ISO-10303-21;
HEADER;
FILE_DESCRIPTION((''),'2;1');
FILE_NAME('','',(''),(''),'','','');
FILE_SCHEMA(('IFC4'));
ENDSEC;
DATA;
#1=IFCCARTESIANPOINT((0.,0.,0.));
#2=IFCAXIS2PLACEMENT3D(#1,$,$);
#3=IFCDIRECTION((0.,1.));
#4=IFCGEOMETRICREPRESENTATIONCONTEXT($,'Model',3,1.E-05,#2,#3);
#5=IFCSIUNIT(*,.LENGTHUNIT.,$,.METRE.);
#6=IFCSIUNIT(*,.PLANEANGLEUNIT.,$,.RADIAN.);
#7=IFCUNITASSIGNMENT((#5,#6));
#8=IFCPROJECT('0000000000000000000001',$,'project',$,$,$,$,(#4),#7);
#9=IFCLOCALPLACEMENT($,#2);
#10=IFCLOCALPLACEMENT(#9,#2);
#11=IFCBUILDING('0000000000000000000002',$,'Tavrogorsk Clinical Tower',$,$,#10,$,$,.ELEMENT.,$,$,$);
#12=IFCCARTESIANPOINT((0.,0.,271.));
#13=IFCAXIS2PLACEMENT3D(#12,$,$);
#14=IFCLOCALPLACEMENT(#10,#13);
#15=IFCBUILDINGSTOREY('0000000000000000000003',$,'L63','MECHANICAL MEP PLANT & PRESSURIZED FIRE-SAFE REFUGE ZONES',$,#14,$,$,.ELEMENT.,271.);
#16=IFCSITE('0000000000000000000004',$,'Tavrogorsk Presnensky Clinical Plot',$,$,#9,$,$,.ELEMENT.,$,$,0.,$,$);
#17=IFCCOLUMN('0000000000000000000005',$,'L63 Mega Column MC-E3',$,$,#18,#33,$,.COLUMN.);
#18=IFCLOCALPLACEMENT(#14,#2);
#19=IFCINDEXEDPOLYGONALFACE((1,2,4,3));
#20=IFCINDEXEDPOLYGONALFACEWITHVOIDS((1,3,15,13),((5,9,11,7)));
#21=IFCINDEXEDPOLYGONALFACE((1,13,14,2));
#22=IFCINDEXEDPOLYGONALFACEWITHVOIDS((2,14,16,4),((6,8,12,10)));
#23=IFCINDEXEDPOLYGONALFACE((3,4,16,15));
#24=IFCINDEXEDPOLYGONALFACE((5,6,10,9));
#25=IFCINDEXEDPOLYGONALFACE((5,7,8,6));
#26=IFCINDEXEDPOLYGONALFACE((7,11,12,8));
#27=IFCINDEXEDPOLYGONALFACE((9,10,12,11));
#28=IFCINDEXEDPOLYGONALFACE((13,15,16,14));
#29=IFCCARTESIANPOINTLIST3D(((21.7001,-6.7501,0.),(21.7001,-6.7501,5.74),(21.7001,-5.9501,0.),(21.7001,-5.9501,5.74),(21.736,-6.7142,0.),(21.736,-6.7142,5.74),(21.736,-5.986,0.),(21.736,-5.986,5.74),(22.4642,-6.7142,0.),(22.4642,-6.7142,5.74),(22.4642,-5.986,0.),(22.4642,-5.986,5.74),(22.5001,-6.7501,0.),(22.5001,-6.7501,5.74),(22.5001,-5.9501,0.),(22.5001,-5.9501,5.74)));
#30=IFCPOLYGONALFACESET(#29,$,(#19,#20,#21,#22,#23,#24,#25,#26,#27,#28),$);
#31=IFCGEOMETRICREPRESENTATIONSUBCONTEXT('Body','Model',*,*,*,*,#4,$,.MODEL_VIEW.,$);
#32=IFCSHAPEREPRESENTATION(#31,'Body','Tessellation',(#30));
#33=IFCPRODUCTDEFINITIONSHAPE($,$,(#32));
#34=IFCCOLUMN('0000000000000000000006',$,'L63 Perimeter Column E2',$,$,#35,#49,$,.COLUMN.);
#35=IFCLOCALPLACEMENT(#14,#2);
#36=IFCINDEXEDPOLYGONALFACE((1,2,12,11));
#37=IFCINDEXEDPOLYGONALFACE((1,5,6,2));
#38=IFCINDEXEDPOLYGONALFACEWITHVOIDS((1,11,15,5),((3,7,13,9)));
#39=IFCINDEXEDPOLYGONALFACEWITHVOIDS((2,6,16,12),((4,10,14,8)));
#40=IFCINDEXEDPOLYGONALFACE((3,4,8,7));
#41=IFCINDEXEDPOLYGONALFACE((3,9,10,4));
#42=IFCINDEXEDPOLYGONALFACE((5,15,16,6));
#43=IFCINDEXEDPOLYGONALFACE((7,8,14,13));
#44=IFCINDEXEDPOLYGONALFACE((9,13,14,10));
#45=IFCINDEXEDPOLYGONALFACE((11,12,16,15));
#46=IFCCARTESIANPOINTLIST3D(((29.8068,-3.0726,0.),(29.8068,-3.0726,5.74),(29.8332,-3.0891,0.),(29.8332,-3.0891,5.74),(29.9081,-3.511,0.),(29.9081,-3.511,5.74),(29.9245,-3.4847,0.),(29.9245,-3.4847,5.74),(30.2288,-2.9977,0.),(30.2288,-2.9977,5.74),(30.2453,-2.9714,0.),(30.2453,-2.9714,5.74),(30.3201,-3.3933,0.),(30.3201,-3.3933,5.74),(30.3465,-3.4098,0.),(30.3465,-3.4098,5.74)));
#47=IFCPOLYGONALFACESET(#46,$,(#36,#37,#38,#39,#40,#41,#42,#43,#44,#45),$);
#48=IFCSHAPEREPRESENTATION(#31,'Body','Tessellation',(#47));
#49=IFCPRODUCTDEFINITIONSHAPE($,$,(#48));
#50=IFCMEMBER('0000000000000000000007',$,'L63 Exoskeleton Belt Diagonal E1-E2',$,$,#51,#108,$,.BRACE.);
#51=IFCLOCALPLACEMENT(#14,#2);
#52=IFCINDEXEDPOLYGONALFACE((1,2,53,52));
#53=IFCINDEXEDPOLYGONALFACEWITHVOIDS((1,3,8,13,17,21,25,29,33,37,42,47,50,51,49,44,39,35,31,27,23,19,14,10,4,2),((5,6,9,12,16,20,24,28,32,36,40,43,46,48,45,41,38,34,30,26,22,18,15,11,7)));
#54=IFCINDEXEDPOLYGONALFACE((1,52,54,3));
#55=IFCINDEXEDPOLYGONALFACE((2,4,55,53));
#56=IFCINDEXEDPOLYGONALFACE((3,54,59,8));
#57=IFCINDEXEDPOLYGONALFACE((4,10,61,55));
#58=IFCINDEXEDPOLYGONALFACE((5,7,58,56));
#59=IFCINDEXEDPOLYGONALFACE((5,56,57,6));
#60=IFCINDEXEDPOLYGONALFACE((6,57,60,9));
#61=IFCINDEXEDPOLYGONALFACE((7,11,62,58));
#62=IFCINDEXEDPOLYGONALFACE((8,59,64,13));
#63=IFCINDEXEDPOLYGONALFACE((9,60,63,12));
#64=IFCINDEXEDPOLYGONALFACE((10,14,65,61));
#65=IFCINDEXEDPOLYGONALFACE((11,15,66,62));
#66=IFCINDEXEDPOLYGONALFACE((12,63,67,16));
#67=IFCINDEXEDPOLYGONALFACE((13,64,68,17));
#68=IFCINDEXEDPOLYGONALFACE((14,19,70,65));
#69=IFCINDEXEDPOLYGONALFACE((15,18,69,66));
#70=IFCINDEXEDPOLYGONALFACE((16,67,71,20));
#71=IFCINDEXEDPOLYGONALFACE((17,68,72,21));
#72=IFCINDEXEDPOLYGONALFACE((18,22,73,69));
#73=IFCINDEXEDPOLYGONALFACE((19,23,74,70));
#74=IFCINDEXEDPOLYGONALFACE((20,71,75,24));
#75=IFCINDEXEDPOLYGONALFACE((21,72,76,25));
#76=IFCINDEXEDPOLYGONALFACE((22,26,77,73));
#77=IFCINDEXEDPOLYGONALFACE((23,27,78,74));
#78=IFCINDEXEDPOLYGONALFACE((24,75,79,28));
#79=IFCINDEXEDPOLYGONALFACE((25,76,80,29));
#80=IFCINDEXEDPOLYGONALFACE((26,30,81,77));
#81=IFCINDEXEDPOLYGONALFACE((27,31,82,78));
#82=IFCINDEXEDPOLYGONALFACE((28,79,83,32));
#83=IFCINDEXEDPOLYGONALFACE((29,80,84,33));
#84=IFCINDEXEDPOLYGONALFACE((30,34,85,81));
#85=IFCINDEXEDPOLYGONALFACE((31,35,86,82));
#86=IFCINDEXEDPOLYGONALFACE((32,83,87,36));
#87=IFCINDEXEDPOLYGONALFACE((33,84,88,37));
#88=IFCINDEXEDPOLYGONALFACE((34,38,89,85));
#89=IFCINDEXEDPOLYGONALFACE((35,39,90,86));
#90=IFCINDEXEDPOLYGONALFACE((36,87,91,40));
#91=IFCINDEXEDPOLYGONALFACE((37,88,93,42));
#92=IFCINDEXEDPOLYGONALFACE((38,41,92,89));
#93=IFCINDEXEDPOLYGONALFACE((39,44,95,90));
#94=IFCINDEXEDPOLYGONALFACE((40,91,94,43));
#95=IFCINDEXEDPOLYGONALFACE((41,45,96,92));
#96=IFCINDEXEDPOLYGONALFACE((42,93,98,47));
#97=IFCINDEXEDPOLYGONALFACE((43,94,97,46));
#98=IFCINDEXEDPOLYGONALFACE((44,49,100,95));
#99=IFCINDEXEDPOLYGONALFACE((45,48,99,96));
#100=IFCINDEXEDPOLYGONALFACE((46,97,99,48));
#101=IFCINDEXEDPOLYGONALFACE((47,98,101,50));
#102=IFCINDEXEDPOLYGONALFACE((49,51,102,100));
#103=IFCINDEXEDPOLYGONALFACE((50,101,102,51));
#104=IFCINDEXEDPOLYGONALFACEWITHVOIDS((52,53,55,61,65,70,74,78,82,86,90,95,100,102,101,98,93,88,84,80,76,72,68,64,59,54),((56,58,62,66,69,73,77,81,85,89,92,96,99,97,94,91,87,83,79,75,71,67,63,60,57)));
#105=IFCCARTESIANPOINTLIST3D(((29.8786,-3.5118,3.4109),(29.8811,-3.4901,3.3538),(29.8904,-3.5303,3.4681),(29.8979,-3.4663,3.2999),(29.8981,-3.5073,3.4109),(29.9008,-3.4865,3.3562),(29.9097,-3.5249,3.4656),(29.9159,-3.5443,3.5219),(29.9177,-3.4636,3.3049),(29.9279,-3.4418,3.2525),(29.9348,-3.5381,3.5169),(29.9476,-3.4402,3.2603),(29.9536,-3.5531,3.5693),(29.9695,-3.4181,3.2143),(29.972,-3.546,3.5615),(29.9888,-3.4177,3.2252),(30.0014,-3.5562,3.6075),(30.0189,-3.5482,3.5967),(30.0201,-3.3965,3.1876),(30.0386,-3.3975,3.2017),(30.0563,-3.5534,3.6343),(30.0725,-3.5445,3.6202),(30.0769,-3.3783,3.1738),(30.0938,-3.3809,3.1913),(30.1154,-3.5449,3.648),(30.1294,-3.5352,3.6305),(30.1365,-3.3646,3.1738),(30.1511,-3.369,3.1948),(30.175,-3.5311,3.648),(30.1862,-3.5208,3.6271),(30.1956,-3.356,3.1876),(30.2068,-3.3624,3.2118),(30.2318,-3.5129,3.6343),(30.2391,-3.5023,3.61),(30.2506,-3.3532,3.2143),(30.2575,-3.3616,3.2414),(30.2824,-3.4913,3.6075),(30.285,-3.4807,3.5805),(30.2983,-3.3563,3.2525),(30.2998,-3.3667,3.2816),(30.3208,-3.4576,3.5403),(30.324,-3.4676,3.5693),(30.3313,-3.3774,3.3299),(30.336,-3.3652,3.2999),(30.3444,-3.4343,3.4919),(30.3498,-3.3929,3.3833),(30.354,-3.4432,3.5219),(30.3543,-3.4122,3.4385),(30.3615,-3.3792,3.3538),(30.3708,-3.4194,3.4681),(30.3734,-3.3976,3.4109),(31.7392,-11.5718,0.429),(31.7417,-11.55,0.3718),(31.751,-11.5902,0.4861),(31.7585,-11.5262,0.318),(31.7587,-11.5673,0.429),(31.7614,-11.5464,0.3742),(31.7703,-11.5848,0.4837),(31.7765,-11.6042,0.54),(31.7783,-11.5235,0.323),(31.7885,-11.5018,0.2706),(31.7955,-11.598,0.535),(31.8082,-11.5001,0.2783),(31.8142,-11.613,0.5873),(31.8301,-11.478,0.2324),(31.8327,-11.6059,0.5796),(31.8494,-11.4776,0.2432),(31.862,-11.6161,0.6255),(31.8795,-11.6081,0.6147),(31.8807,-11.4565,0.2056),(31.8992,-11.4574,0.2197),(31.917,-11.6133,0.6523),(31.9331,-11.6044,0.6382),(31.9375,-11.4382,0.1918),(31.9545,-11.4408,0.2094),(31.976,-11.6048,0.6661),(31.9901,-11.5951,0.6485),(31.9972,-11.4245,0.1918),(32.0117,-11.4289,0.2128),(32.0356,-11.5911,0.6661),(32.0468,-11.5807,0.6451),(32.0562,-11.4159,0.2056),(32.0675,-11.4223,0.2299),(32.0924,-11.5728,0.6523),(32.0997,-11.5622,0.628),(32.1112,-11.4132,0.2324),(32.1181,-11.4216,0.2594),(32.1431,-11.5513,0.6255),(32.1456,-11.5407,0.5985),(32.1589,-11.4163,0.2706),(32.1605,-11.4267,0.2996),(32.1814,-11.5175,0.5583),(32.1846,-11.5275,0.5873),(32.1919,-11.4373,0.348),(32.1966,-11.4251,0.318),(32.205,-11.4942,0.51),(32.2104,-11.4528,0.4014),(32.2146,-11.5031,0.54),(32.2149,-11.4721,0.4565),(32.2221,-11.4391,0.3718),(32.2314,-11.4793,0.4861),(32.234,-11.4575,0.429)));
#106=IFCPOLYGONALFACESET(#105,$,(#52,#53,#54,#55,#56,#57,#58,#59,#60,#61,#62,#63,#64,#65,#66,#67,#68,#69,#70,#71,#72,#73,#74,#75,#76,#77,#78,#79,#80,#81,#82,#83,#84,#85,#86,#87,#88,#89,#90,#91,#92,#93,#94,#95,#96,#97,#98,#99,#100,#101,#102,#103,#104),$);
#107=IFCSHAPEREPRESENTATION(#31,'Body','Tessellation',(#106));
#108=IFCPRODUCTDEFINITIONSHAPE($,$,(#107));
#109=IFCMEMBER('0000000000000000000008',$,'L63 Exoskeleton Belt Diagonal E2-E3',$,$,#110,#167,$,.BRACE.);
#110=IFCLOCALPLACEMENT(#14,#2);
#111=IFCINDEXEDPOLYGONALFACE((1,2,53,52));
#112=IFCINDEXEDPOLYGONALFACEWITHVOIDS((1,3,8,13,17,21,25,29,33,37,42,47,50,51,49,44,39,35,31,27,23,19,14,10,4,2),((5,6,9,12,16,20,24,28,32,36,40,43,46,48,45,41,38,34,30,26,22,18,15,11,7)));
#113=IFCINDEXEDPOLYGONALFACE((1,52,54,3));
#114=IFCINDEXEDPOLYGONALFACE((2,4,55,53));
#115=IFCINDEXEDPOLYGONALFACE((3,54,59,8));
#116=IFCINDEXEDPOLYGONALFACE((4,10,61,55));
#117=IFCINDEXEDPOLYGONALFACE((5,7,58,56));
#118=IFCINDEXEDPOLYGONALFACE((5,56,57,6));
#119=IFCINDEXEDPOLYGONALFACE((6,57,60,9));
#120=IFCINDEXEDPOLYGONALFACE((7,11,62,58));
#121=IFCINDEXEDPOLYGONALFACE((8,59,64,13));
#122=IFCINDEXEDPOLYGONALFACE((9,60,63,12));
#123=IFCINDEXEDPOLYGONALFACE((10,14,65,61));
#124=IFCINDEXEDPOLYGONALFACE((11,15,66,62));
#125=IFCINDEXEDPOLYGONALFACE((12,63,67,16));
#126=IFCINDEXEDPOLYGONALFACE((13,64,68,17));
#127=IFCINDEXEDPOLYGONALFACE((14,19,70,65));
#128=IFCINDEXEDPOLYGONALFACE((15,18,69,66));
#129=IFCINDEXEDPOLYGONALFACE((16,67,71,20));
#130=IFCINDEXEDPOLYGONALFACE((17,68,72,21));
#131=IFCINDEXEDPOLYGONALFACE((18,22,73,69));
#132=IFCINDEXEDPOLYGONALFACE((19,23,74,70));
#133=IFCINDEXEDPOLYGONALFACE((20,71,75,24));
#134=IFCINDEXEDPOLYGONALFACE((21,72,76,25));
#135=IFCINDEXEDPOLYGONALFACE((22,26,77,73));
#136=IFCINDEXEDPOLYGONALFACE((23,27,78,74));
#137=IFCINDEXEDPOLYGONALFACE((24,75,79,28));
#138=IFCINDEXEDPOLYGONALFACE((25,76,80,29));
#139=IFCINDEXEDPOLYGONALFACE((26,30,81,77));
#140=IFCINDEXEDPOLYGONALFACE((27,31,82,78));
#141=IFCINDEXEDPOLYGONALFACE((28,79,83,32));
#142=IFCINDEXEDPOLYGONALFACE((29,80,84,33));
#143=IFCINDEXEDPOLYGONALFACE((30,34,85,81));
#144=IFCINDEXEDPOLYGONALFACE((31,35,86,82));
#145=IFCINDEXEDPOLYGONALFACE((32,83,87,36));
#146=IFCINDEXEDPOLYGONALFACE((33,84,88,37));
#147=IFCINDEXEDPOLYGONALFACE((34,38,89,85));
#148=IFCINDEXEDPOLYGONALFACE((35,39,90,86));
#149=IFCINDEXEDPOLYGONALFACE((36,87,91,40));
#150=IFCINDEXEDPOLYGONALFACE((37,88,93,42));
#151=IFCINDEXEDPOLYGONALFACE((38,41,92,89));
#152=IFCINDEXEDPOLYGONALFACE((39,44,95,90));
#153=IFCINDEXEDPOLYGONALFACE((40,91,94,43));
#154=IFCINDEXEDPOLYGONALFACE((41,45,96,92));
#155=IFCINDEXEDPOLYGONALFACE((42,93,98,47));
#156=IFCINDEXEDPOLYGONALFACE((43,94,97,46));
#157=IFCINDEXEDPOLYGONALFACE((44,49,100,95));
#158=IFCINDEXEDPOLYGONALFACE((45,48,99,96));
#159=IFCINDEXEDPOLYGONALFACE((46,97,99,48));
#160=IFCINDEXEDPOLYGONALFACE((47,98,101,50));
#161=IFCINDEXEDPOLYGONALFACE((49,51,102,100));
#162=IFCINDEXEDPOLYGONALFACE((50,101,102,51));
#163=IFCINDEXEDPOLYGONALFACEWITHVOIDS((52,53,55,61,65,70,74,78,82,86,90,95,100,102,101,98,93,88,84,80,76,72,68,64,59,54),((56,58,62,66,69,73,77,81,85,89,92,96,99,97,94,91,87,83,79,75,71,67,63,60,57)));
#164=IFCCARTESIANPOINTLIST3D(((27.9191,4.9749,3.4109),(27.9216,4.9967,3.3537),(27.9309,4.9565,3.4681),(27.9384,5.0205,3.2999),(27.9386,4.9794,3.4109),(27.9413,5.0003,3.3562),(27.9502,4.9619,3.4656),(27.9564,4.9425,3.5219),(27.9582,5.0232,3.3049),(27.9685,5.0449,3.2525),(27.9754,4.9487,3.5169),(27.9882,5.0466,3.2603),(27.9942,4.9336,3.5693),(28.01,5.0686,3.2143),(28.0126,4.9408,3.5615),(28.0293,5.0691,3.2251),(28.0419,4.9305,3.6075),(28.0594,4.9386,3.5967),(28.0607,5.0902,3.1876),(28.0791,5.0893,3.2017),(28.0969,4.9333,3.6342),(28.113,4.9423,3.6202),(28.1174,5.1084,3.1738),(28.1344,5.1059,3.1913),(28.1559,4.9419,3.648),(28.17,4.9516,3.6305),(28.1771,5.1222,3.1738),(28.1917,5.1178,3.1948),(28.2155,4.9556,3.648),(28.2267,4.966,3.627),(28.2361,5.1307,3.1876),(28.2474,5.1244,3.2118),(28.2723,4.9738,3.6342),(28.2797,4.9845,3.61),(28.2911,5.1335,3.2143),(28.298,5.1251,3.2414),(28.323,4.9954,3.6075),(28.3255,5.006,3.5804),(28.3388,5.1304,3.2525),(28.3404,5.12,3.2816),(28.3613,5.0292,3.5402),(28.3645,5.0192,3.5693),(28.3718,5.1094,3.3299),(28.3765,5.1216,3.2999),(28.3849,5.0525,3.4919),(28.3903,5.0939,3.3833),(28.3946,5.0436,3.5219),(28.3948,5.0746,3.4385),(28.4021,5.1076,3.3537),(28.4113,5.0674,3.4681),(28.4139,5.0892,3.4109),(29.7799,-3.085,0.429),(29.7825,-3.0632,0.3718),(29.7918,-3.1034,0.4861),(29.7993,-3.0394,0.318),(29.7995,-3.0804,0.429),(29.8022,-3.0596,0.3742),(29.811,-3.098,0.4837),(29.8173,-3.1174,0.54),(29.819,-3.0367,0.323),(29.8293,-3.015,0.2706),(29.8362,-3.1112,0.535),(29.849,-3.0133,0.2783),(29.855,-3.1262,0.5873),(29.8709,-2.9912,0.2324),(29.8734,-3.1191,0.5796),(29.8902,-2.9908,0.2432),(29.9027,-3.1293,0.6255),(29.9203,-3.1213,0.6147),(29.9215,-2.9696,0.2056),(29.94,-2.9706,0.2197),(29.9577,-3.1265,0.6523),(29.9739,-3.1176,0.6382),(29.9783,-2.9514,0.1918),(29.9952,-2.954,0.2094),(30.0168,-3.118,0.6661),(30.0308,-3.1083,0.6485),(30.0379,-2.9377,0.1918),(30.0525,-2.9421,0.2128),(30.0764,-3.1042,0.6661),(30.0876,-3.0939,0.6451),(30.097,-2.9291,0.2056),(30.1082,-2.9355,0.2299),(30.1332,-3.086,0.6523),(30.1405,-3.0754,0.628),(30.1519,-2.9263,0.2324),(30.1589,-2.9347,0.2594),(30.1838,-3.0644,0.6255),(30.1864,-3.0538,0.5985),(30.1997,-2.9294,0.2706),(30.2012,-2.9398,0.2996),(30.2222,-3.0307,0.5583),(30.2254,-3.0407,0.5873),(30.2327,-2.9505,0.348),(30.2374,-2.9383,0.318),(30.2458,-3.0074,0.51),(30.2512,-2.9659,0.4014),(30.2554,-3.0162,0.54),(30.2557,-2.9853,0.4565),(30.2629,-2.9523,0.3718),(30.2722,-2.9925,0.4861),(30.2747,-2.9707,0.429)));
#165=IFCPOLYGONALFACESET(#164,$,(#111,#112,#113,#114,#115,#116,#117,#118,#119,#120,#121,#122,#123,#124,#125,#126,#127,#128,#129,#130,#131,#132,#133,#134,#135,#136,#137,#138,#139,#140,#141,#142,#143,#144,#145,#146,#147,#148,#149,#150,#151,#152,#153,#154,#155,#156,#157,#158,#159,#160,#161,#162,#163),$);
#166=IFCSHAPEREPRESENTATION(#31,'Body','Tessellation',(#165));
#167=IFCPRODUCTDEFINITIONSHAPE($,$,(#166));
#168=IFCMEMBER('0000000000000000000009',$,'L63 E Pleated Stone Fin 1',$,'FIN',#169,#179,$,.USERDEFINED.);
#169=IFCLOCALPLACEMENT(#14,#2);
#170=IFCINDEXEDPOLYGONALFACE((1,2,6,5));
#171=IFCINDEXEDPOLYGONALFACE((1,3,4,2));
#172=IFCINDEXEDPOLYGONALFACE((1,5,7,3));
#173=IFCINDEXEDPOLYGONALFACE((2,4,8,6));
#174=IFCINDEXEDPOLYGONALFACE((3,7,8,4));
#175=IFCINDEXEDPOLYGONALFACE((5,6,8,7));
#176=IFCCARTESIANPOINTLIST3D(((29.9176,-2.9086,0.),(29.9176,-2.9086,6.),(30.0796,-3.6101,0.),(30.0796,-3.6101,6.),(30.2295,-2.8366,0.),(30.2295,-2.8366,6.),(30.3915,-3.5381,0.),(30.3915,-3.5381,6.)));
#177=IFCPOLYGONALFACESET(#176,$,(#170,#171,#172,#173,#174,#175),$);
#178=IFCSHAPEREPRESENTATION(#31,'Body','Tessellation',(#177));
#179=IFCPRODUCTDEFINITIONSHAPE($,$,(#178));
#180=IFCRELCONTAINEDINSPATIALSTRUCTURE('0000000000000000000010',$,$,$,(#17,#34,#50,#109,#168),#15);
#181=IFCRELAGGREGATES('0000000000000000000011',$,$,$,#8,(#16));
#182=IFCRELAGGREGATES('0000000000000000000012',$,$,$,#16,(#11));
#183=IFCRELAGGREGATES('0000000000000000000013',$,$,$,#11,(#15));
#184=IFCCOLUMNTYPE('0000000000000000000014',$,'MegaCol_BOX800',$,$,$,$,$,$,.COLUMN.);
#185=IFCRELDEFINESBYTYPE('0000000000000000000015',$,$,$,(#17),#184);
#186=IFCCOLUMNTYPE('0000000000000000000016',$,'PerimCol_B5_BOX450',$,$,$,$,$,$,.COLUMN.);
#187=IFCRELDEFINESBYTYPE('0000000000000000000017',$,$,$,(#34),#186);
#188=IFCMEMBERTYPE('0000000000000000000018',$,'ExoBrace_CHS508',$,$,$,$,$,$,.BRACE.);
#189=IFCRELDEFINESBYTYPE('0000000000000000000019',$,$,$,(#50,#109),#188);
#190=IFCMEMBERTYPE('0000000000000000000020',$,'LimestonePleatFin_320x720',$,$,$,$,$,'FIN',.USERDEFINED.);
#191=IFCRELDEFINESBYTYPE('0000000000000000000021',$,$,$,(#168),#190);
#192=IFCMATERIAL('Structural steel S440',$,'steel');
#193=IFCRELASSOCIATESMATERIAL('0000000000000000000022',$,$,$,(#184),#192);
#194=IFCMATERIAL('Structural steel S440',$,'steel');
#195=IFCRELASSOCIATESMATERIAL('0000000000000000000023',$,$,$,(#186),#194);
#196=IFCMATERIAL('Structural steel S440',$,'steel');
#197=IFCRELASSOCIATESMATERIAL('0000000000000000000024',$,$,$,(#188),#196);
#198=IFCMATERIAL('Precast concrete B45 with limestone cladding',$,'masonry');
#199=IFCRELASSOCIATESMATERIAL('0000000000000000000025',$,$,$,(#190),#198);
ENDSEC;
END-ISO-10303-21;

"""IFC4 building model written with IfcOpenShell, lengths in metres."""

from ifc_helpers import new_model, si_unit, direction, frame, origin, origin_2d, place, context, subcontext, project, spatial, rectangle, hollow_rectangle, hollow_circle, extrude, material, material_profile, profile_set, type_object, element, save


model = new_model("IFC4")

# Units and contexts
model_context = context("Model", 3, precision=1e-05, world=origin(), true_north=direction((0.0, 1.0)))
body_context = subcontext(model_context, "Body", "Model", "MODEL_VIEW")
ifc_project = project(units=[si_unit("LENGTHUNIT", "METRE"), si_unit("PLANEANGLEUNIT", "RADIAN")], contexts=[model_context])

# Site, building, storey
site_placement = place(None, origin())
site = spatial("IfcSite", under=ifc_project, at=site_placement, Name="Tavrogorsk Presnensky Clinical Plot", CompositionType="ELEMENT", RefElevation=0.0)
building_placement = place(site_placement, origin())
building = spatial("IfcBuilding", under=site, at=building_placement, Name="Tavrogorsk Clinical Tower", CompositionType="ELEMENT")
storey_placement = place(building_placement, frame((0.0, 0.0, 271.0)))
storey = spatial("IfcBuildingStorey", under=building, at=storey_placement, Name="L63", Description="MECHANICAL MEP PLANT & PRESSURIZED FIRE-SAFE REFUGE ZONES", CompositionType="ELEMENT", Elevation=271.0)

# Columns
ifc_material_1 = material(Name="Structural steel S440", Category="steel")
ifc_material_profile_1 = material_profile(ifc_material_1, hollow_rectangle(XDim=0.8, YDim=0.8, WallThickness=0.0359, at=origin_2d()), Name="BOX-800x800x36")
ifc_profile_set_1 = profile_set([ifc_material_profile_1], Name="Structural steel S440")
column_type_1 = type_object("IfcColumnType", Name="MegaCol_BOX800", PredefinedType="COLUMN", material=ifc_profile_set_1)
column_1_placement = place(storey_placement, frame((22.1001, -6.3501, 0.0), z_axis=(0.0, 0.0, 1.0), x_axis=(1.0, 0.0, 0.0)))
element("IfcColumn", 1, at=column_1_placement, inside=storey, type_object=column_type_1, Name="L63 Mega Column MC-E3", PredefinedType="COLUMN", context=body_context, shape_type="SweptSolid", body=[
    extrude(hollow_rectangle(XDim=0.8, YDim=0.8, WallThickness=0.0359, at=origin_2d()), origin(), (0.0, 0.0, 1.0), 5.74),
])
ifc_material_2 = material(Name="Structural steel S440", Category="steel")
ifc_material_profile_2 = material_profile(ifc_material_2, hollow_rectangle(XDim=0.45, YDim=0.45, WallThickness=0.022, at=origin_2d()), Name="BOX-450x450x22")
ifc_profile_set_2 = profile_set([ifc_material_profile_2], Name="Structural steel S440")
column_type_2 = type_object("IfcColumnType", Name="PerimCol_B5_BOX450", PredefinedType="COLUMN", material=ifc_profile_set_2)
column_2_placement = place(storey_placement, frame((30.0767, -3.2412, 0.0), z_axis=(0.0, 0.0, 1.0), x_axis=(0.97437, 0.224951, 0.0)))
element("IfcColumn", 2, at=column_2_placement, inside=storey, type_object=column_type_2, Name="L63 Perimeter Column E2", PredefinedType="COLUMN", context=body_context, shape_type="SweptSolid", body=[
    extrude(hollow_rectangle(XDim=0.45, YDim=0.45, WallThickness=0.022, at=origin_2d()), origin(), (0.0, 0.0, 1.0), 5.74),
])

# Members
ifc_material_3 = material(Name="Structural steel S440", Category="steel")
ifc_material_profile_3 = material_profile(ifc_material_3, hollow_circle(Radius=0.2539, WallThickness=0.02, at=origin_2d()), Name="CHS-508x20")
ifc_profile_set_3 = profile_set([ifc_material_profile_3], Name="Structural steel S440")
member_type_1 = type_object("IfcMemberType", Name="ExoBrace_CHS508", PredefinedType="BRACE", material=ifc_profile_set_3)
for number, where, z_axis, x_axis, name in (
    (3, (31.9866, -11.5146, 0.429), (-0.211603, 0.916632, 0.339131), (-0.974374, -0.224933, 0.0), "L63 Exoskeleton Belt Diagonal E1-E2"),
    (4, (30.0273, -3.0278, 0.429), (-0.21163, 0.916627, 0.339129), (-0.974368, -0.224961, 0.0), "L63 Exoskeleton Belt Diagonal E2-E3"),
):
    element("IfcMember", number, at=place(storey_placement, frame(where, z_axis=z_axis, x_axis=x_axis)), inside=storey, type_object=member_type_1, Name=name, PredefinedType="BRACE", context=body_context, shape_type="SweptSolid", body=[
        extrude(hollow_circle(Radius=0.2539, WallThickness=0.02, at=origin_2d()), origin(), (0.0, 0.0, 1.0), 8.793),
    ])
ifc_material_4 = material(Name="Precast concrete B45 with limestone cladding", Category="masonry")
ifc_material_profile_4 = material_profile(ifc_material_4, rectangle(XDim=0.3201, YDim=0.72, at=origin_2d()), Name="LIMESTONE-FIN-320x720")
ifc_profile_set_4 = profile_set([ifc_material_profile_4], Name="Precast concrete B45 with limestone cladding")
member_type_2 = type_object("IfcMemberType", Name="LimestonePleatFin_320x720", ElementType="FIN", PredefinedType="USERDEFINED", material=ifc_profile_set_4)
member_placement = place(storey_placement, frame((30.1545, -3.2234, 0.0), z_axis=(0.0, 0.0, 1.0), x_axis=(0.97437, 0.224951, 0.0)))
element("IfcMember", 5, at=member_placement, inside=storey, type_object=member_type_2, Name="L63 E Pleated Stone Fin 1", ObjectType="FIN", PredefinedType="USERDEFINED", context=body_context, shape_type="SweptSolid", body=[
    extrude(rectangle(XDim=0.3201, YDim=0.72, at=origin_2d()), origin(), (0.0, 0.0, 1.0), 6.0),
])

save(model, "model.ifc")
